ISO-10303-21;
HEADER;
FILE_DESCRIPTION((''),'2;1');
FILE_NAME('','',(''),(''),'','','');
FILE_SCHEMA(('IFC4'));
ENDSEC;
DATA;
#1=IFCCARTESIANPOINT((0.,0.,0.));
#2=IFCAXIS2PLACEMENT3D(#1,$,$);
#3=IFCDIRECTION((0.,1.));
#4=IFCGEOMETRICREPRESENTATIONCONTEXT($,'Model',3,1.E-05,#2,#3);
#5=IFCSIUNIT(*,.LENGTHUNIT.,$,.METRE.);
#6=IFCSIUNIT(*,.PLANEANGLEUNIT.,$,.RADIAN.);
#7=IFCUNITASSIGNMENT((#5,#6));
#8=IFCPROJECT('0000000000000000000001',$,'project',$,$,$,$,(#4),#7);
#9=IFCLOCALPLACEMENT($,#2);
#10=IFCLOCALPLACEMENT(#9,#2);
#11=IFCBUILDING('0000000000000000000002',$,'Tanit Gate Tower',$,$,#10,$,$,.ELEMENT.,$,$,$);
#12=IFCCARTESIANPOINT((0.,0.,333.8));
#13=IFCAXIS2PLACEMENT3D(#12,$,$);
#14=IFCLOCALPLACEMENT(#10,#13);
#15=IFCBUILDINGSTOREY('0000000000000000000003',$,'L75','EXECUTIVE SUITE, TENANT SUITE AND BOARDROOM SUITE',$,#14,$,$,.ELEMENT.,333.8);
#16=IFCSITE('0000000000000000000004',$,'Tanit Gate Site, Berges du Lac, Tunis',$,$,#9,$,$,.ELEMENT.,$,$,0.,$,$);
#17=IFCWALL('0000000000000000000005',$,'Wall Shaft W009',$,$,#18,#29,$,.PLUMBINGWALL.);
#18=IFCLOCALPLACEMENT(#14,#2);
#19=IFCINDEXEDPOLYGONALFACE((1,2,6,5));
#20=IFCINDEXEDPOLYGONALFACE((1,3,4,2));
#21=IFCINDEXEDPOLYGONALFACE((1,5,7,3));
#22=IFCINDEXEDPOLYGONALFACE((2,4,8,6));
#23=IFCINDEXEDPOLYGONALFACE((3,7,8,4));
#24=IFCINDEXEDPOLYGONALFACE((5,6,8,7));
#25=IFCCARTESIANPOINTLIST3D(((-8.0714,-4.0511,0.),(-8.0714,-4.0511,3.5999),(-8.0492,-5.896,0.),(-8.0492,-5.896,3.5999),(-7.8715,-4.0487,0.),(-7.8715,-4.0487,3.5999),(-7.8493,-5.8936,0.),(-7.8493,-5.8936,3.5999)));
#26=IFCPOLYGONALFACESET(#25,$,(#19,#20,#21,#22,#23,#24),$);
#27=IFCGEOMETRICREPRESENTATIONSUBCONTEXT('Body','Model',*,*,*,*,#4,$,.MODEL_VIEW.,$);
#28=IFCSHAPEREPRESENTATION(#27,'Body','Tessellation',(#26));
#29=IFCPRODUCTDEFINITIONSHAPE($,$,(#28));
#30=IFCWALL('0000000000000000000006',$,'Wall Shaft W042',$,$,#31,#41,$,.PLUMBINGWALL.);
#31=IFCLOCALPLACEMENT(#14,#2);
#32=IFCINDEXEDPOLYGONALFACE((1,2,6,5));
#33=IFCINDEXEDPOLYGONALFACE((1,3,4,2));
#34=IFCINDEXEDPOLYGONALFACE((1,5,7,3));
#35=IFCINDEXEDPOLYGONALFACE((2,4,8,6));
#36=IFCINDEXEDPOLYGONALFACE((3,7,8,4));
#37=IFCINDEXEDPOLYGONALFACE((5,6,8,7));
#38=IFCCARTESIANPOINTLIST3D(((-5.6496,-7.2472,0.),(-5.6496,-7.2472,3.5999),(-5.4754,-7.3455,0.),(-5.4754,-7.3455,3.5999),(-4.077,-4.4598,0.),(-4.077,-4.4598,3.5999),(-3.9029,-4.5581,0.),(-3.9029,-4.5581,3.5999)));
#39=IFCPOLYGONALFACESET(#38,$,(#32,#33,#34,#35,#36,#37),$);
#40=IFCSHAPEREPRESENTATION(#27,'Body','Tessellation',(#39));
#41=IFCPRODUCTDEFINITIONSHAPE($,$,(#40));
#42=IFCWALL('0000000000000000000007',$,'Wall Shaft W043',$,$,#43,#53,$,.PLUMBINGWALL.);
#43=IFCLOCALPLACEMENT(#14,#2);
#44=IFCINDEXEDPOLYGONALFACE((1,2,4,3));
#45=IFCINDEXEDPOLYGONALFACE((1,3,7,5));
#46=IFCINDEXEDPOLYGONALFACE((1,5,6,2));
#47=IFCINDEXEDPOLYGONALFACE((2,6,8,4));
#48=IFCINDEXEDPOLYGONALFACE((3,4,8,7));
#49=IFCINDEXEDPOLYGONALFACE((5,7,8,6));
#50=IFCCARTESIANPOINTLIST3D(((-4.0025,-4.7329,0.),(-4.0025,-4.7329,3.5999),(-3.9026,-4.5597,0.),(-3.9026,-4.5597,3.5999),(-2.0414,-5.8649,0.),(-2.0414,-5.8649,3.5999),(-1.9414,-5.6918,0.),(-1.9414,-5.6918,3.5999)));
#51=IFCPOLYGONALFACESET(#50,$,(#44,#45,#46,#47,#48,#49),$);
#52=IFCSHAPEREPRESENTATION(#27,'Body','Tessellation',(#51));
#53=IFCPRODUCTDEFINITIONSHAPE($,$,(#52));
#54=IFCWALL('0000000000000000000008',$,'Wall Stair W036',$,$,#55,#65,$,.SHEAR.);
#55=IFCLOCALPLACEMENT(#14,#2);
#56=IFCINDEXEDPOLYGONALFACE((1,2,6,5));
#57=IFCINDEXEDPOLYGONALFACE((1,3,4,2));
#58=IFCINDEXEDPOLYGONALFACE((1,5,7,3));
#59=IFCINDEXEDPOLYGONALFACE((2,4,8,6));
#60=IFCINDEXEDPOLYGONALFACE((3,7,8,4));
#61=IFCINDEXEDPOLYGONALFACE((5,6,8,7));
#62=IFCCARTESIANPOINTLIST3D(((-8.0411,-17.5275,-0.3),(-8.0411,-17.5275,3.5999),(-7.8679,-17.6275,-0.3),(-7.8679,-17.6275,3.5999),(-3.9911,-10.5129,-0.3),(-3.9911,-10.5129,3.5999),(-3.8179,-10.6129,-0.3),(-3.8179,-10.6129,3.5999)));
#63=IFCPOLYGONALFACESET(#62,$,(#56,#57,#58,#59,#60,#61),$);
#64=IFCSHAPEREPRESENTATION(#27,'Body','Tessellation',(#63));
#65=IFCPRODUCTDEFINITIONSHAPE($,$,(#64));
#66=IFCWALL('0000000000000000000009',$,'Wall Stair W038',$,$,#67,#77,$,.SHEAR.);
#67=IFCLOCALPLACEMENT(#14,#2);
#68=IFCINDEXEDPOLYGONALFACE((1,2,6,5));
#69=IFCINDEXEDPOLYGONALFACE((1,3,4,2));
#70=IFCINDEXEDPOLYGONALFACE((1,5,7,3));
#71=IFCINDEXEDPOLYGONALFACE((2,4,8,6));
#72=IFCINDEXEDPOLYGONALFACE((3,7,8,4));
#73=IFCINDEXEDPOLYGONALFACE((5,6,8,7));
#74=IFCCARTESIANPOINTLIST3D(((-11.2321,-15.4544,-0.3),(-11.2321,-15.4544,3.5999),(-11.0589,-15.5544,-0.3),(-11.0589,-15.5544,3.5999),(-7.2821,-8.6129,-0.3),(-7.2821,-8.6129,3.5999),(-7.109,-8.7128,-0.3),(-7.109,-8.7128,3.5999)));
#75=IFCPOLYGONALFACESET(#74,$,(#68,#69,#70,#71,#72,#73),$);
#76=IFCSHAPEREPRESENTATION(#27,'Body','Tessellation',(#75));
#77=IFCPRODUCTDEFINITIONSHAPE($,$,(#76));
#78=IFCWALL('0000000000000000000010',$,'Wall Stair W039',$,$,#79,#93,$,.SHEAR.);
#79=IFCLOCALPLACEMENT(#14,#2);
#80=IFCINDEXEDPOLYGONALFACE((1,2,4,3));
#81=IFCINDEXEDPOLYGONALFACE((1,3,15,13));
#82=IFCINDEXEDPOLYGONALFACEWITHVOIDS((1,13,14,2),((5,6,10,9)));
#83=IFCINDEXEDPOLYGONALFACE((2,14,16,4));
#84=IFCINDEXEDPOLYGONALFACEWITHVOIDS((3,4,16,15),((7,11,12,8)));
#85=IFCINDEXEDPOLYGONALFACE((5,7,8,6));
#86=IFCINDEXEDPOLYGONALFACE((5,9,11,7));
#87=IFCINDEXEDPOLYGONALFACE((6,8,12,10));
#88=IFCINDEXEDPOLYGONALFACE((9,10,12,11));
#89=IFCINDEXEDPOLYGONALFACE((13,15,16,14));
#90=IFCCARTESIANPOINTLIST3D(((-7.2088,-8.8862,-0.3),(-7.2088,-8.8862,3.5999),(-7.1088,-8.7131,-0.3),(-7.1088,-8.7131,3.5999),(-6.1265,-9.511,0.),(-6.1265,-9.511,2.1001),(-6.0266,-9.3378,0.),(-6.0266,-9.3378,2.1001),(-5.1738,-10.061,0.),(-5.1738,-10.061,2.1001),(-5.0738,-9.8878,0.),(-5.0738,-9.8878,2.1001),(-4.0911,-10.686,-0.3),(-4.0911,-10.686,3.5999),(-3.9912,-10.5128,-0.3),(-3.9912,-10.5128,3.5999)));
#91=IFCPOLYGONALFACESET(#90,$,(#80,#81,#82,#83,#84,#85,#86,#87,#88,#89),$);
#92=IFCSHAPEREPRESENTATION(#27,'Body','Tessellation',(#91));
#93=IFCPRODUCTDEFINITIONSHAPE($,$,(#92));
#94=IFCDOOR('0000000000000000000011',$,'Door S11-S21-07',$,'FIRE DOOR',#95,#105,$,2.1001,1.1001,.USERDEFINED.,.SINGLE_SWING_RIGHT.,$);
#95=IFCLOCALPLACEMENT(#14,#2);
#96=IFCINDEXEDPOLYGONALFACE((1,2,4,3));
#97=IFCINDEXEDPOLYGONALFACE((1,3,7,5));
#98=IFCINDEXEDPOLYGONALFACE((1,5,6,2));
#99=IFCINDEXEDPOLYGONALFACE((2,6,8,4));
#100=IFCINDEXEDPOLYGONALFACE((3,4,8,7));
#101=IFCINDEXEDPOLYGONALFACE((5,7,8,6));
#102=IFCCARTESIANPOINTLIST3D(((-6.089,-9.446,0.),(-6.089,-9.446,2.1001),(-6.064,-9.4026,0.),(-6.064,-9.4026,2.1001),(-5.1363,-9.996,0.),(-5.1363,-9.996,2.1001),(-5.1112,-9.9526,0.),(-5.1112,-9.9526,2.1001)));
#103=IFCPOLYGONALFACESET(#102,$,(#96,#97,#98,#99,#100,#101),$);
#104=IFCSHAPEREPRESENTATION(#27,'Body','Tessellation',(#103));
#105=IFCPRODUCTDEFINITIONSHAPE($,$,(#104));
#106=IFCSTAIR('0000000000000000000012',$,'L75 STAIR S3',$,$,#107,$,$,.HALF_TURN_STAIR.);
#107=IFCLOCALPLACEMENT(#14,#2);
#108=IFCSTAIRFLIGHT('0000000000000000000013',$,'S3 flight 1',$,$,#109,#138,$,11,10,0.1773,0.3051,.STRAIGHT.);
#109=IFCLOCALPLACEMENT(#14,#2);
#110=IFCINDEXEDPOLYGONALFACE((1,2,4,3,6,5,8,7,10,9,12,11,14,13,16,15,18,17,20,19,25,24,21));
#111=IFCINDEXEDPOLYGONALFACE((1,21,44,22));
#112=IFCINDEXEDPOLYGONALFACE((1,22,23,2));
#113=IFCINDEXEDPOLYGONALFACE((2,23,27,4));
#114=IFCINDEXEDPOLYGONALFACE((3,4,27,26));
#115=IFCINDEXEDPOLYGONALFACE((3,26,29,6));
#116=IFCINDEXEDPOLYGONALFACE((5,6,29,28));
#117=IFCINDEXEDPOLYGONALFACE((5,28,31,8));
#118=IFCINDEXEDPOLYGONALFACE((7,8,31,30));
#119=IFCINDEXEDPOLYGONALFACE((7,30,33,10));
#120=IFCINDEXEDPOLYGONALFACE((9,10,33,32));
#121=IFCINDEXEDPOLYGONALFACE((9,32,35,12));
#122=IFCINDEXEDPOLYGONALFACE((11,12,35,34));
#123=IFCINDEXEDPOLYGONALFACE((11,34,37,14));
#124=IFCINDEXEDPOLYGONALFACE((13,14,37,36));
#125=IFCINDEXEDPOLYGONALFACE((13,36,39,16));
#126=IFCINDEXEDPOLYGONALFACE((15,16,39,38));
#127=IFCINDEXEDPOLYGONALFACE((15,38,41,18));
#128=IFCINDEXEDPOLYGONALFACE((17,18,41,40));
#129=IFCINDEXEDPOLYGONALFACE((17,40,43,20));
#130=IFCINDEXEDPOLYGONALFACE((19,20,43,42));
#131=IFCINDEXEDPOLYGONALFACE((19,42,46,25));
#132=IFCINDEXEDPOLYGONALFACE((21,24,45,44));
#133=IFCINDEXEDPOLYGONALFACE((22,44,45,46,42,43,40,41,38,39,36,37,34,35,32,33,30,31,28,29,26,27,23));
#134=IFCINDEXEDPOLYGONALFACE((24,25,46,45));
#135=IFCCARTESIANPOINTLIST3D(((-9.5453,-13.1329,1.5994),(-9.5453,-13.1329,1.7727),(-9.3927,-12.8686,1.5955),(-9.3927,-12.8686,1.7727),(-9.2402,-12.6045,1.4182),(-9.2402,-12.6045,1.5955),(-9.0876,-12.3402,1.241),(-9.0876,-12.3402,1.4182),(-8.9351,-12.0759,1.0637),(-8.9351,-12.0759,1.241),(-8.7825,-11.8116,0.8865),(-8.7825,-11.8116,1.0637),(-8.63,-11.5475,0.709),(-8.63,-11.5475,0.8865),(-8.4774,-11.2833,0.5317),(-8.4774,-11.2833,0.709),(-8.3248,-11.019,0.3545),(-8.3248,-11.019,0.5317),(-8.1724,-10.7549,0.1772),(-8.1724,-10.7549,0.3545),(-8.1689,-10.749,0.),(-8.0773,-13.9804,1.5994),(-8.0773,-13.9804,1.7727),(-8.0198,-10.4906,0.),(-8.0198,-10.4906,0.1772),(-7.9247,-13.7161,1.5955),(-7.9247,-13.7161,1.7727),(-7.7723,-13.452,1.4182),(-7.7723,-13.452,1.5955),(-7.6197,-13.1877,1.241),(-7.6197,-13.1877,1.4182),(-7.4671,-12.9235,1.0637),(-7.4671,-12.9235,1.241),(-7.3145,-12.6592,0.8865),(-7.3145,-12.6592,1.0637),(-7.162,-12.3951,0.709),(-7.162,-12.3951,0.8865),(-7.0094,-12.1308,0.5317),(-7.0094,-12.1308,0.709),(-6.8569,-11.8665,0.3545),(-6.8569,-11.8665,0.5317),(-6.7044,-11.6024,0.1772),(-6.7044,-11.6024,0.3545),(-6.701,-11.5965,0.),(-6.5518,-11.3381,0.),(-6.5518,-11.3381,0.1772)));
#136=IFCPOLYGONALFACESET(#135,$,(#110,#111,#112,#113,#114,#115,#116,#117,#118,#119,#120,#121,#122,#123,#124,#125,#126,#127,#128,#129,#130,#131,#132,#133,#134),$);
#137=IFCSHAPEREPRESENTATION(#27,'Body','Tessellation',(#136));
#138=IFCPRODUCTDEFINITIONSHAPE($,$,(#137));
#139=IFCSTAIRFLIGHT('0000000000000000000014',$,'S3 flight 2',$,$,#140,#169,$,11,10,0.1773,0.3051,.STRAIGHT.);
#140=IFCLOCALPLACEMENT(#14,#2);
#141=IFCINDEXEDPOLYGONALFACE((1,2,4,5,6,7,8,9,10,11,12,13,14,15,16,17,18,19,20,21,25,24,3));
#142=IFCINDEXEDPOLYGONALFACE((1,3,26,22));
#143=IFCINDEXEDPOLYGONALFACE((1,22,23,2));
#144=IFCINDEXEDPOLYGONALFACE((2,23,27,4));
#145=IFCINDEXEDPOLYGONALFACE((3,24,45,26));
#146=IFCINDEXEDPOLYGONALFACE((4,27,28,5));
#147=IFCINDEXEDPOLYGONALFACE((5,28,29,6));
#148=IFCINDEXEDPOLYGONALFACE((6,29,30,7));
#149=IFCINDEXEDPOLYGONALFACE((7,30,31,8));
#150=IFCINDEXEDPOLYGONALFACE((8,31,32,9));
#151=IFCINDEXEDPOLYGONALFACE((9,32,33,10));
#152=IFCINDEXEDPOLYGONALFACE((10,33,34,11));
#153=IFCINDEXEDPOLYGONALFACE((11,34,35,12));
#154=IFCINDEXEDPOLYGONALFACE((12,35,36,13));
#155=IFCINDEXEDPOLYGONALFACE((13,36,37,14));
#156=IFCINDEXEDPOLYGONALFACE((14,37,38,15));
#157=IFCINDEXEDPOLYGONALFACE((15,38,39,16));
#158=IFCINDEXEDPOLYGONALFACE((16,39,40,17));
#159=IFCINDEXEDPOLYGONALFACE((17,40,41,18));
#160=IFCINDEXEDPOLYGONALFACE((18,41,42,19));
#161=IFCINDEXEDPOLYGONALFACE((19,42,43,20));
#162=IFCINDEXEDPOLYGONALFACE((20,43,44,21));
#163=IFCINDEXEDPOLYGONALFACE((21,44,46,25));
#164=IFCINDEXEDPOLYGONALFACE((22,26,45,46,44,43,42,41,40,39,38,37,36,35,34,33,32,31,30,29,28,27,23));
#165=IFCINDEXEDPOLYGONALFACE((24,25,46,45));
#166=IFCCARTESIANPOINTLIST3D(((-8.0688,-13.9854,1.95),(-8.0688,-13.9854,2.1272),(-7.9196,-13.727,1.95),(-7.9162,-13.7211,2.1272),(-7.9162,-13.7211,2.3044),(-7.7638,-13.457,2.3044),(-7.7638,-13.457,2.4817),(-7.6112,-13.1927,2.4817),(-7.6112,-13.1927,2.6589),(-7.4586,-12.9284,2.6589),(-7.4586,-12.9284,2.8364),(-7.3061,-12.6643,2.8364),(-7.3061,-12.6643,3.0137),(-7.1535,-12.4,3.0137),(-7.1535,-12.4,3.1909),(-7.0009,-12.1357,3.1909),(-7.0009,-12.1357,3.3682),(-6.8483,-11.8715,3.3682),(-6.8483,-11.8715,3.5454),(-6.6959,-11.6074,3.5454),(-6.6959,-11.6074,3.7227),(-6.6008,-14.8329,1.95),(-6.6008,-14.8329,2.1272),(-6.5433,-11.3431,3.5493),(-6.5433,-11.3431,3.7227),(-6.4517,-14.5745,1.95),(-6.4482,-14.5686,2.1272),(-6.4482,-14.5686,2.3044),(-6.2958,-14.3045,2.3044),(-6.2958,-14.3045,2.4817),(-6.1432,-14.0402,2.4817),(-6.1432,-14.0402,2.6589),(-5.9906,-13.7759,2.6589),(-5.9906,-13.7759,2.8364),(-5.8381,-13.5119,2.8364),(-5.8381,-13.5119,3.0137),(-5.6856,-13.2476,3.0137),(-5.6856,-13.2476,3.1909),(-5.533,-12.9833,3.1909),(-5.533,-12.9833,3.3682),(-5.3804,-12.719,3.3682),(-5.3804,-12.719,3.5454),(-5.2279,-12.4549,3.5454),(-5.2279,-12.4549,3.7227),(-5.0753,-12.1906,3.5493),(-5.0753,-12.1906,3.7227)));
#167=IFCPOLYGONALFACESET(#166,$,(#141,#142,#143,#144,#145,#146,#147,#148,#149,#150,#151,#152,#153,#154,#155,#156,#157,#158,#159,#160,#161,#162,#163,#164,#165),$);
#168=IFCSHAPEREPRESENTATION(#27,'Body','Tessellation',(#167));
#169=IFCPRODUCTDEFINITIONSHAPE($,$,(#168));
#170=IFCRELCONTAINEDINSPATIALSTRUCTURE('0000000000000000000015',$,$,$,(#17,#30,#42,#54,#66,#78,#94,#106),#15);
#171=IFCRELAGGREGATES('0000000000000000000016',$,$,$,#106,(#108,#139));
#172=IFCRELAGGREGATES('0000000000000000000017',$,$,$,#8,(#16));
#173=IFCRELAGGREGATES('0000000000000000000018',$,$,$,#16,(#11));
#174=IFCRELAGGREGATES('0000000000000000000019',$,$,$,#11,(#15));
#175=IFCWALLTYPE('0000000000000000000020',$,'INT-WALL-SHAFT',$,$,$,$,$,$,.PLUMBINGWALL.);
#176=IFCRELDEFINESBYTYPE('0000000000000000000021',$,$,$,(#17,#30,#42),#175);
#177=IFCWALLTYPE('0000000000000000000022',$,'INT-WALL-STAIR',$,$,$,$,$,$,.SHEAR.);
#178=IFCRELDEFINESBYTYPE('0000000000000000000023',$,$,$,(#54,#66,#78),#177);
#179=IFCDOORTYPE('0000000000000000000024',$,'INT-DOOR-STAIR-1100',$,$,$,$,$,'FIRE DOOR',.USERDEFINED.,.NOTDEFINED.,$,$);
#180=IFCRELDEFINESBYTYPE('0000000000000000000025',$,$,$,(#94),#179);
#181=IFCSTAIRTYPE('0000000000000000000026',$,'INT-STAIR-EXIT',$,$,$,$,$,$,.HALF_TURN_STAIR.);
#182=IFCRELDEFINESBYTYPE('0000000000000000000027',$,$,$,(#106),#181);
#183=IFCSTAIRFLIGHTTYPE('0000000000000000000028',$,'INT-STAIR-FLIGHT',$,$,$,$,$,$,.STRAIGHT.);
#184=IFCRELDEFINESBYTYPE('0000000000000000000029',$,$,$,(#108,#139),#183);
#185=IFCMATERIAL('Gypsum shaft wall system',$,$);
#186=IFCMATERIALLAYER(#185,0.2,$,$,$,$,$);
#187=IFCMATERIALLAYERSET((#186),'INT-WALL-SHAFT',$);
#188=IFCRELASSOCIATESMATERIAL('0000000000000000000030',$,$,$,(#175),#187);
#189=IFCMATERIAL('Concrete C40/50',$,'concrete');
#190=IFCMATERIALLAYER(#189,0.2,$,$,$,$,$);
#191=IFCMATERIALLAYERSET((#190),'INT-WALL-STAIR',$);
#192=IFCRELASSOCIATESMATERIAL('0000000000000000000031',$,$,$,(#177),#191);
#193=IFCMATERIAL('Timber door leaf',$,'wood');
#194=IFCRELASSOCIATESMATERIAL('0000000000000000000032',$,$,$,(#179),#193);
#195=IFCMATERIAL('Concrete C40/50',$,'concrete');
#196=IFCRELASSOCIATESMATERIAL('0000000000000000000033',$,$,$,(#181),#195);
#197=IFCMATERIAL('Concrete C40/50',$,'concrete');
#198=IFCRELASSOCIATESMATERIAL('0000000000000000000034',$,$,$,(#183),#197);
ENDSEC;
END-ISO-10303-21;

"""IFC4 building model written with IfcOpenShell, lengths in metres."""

from ifc_helpers import new_model, si_unit, direction, frame, frame_2d, origin, place, context, subcontext, project, spatial, polyline, rectangle, outline, extrude, material, layer, layer_set, type_object, element, fill, aggregate, save


model = new_model("IFC4")

# Units and contexts
model_context = context("Model", 3, precision=1e-05, world=origin(), true_north=direction((0.0, 1.0)))
body_context = subcontext(model_context, "Body", "Model", "MODEL_VIEW")
ifc_project = project(units=[si_unit("LENGTHUNIT", "METRE"), si_unit("PLANEANGLEUNIT", "RADIAN")], contexts=[model_context])

# Site, building, storey
site_placement = place(None, origin())
site = spatial("IfcSite", under=ifc_project, at=site_placement, Name="Tanit Gate Site, Berges du Lac, Tunis", CompositionType="ELEMENT", RefElevation=0.0)
building_placement = place(site_placement, origin())
building = spatial("IfcBuilding", under=site, at=building_placement, Name="Tanit Gate Tower", CompositionType="ELEMENT")
storey_placement = place(building_placement, frame((0.0, 0.0, 333.8)))
storey = spatial("IfcBuildingStorey", under=building, at=storey_placement, Name="L75", Description="EXECUTIVE SUITE, TENANT SUITE AND BOARDROOM SUITE", CompositionType="ELEMENT", Elevation=333.8)

# Wall
ifc_material_1 = material(Name="Gypsum shaft wall system")
ifc_layer_1 = layer(ifc_material_1, 0.2)
ifc_layer_set_1 = layer_set([ifc_layer_1], Name="INT-WALL-SHAFT")
wall_type_1 = type_object("IfcWallType", Name="INT-WALL-SHAFT", PredefinedType="PLUMBINGWALL", material=ifc_layer_set_1)
wall_1_placement = place(storey_placement, frame((-7.9714, -4.05, 0.0), z_axis=(0.0, 0.0, 1.0), x_axis=(0.012043, -0.999927, 0.0)))
element("IfcWall", 1, at=wall_1_placement, inside=storey, type_object=wall_type_1, Name="Wall Shaft W009", PredefinedType="PLUMBINGWALL", context=body_context, shape_type="SweptSolid", body=[
    extrude(rectangle(XDim=1.845, YDim=0.2, at=frame_2d((0.9224, 0.0))), origin(), (0.0, 0.0, 1.0), 3.5999),
])

# Walls
wall_2_placement = place(storey_placement, frame((-3.99, -4.509, 0.0), z_axis=(0.0, 0.0, 1.0), x_axis=(-0.491358, -0.870958, 0.0)))
element("IfcWall", 2, at=wall_2_placement, inside=storey, type_object=wall_type_1, Name="Wall Shaft W042", PredefinedType="PLUMBINGWALL", context=body_context, shape_type="SweptSolid", body=[
    extrude(rectangle(XDim=3.2004, YDim=0.2, at=frame_2d((1.6001, 0.0))), origin(), (0.0, 0.0, 1.0), 3.5999),
])
wall_3_placement = place(storey_placement, frame((-3.9526, -4.6462, 0.0), z_axis=(0.0, 0.0, 1.0), x_axis=(0.866065, -0.499931, 0.0)))
element("IfcWall", 3, at=wall_3_placement, inside=storey, type_object=wall_type_1, Name="Wall Shaft W043", PredefinedType="PLUMBINGWALL", context=body_context, shape_type="SweptSolid", body=[
    extrude(rectangle(XDim=2.2644, YDim=0.2, at=frame_2d((1.1323, 0.0))), origin(), (0.0, 0.0, 1.0), 3.5999),
])
ifc_material_2 = material(Name="Concrete C40/50", Category="concrete")
ifc_layer_2 = layer(ifc_material_2, 0.2)
ifc_layer_set_2 = layer_set([ifc_layer_2], Name="INT-WALL-STAIR")
wall_type_2 = type_object("IfcWallType", Name="INT-WALL-STAIR", PredefinedType="SHEAR", material=ifc_layer_set_2)
wall_4_placement = place(storey_placement, frame((-3.9045, -10.563, -0.3), z_axis=(0.0, 0.0, 1.0), x_axis=(-0.500013, -0.866018, 0.0)))
element("IfcWall", 4, at=wall_4_placement, inside=storey, type_object=wall_type_2, Name="Wall Stair W036", PredefinedType="SHEAR", context=body_context, shape_type="SweptSolid", body=[
    extrude(rectangle(XDim=8.0999, YDim=0.2, at=frame_2d((4.0498, 0.0))), origin(), (0.0, 0.0, 1.0), 3.8999),
])
wall_5_placement = place(storey_placement, frame((-7.1956, -8.6628, -0.3), z_axis=(0.0, 0.0, 1.0), x_axis=(-0.499998, -0.866027, 0.0)))
element("IfcWall", 5, at=wall_5_placement, inside=storey, type_object=wall_type_2, Name="Wall Stair W038", PredefinedType="SHEAR", context=body_context, shape_type="SweptSolid", body=[
    extrude(rectangle(XDim=7.8999, YDim=0.2, at=frame_2d((3.95, 0.0))), origin(), (0.0, 0.0, 1.0), 3.8999),
])

# Wall, opening, door
wall_6_placement = place(storey_placement, frame((-4.0413, -10.5994, -0.3), z_axis=(0.0, 0.0, 1.0), x_axis=(-0.866048, 0.499961, 0.0)))
wall_6 = element("IfcWall", 6, at=wall_6_placement, inside=storey, type_object=wall_type_2, Name="Wall Stair W039", PredefinedType="SHEAR", context=body_context, shape_type="SweptSolid", body=[
    extrude(rectangle(XDim=3.5999, YDim=0.2, at=frame_2d((1.7998, 0.0))), origin(), (0.0, 0.0, 1.0), 3.8999),
])
opening_1_placement = place(wall_6_placement, frame((1.25, 0.0, 0.3)))
opening_1 = element("IfcOpeningElement", 7, at=opening_1_placement, cuts=wall_6, PredefinedType="OPENING", context=body_context, shape_type="SweptSolid", body=[
    extrude(rectangle(XDim=1.1001, YDim=2.1001, at=frame_2d((0.55, 1.05))), frame((0.0, 0.1099, 0.0), z_axis=(0.0, -1.0, 0.0), x_axis=(1.0, 0.0, 0.0)), (0.0, 0.0, 1.0), 0.22),
])
ifc_material_3 = material(Name="Timber door leaf", Category="wood")
door_type_1 = type_object("IfcDoorType", Name="INT-DOOR-STAIR-1100", ElementType="FIRE DOOR", OperationType="NOTDEFINED", PredefinedType="USERDEFINED", material=ifc_material_3)
door_1_placement = place(opening_1_placement, origin())
door_1 = element("IfcDoor", 8, at=door_1_placement, inside=storey, type_object=door_type_1, Name="Door S11-S21-07", ObjectType="FIRE DOOR", OperationType="SINGLE_SWING_RIGHT", OverallHeight=2.1001, OverallWidth=1.1001, PredefinedType="USERDEFINED", context=body_context, shape_type="SweptSolid", body=[
    extrude(rectangle(XDim=1.1001, YDim=2.1001, at=frame_2d((0.55, 1.05))), frame((0.0, 0.0249, 0.0), z_axis=(0.0, -1.0, 0.0), x_axis=(1.0, 0.0, 0.0)), (0.0, 0.0, 1.0), 0.05),
])
fill(opening_1, door_1)

# Stair, stair flights
ifc_material_4 = material(Name="Concrete C40/50", Category="concrete")
stair_type = type_object("IfcStairType", Name="INT-STAIR-EXIT", PredefinedType="HALF_TURN_STAIR", material=ifc_material_4)
stair_placement = place(storey_placement, origin())
stair = element("IfcStair", 9, at=stair_placement, inside=storey, type_object=stair_type, Name="L75 STAIR S3", PredefinedType="HALF_TURN_STAIR")
ifc_material_5 = material(Name="Concrete C40/50", Category="concrete")
stair_flight_type = type_object("IfcStairFlightType", Name="INT-STAIR-FLIGHT", PredefinedType="STRAIGHT", material=ifc_material_5)
stair_flight_1_placement = place(storey_placement, frame((-7.2859, -10.9143, 0.0), z_axis=(0.0, 0.0, 1.0), x_axis=(-0.5, -0.866025, 0.0)))
stair_flight_1 = element("IfcStairFlight", 10, at=stair_flight_1_placement, type_object=stair_flight_type, Name="S3 flight 1", NumberOfRisers=11, NumberOfTreads=10, PredefinedType="STRAIGHT", RiserHeight=0.1773, TreadLength=0.3051, context=body_context, shape_type="SweptSolid", body=[
    extrude(outline(polyline([(0.0, 0.0), (0.0, 0.1772), (0.3052, 0.1772), (0.3052, 0.3545), (0.6101, 0.3545), (0.6101, 0.5317), (0.9153, 0.5317), (0.9153, 0.709), (1.2205, 0.709), (1.2205, 0.8865), (1.5254, 0.8865), (1.5254, 1.0637), (1.8306, 1.0637), (1.8306, 1.241), (2.1357, 1.241), (2.1357, 1.4182), (2.4409, 1.4182), (2.4409, 1.5955), (2.7458, 1.5955), (2.7458, 1.7727), (3.051, 1.7727), (3.051, 1.95), (3.051, 1.5994), (0.2983, 0.0), (0.0, 0.0)])), frame((0.0, 0.8477, 0.0), z_axis=(0.0, -1.0, 0.0), x_axis=(1.0, 0.0, 0.0)), (0.0, 0.0, 1.0), 1.6951),
])
stair_flight_2_placement = place(storey_placement, frame((-7.3347, -14.4092, 1.95), z_axis=(0.0, 0.0, 1.0), x_axis=(0.5, 0.866025, 0.0)))
stair_flight_2 = element("IfcStairFlight", 11, at=stair_flight_2_placement, type_object=stair_flight_type, Name="S3 flight 2", NumberOfRisers=11, NumberOfTreads=10, PredefinedType="STRAIGHT", RiserHeight=0.1773, TreadLength=0.3051, context=body_context, shape_type="SweptSolid", body=[
    extrude(outline(polyline([(0.0, 0.0), (0.0, 0.1772), (0.3052, 0.1772), (0.3052, 0.3545), (0.6101, 0.3545), (0.6101, 0.5317), (0.9153, 0.5317), (0.9153, 0.709), (1.2205, 0.709), (1.2205, 0.8865), (1.5254, 0.8865), (1.5254, 1.0637), (1.8306, 1.0637), (1.8306, 1.241), (2.1357, 1.241), (2.1357, 1.4182), (2.4409, 1.4182), (2.4409, 1.5955), (2.7458, 1.5955), (2.7458, 1.7727), (3.051, 1.7727), (3.051, 1.95), (3.051, 1.5994), (0.2983, 0.0), (0.0, 0.0)])), frame((0.0, 0.8477, 0.0), z_axis=(0.0, -1.0, 0.0), x_axis=(1.0, 0.0, 0.0)), (0.0, 0.0, 1.0), 1.6951),
])
aggregate(stair, [stair_flight_1, stair_flight_2])

save(model, "model.ifc")
